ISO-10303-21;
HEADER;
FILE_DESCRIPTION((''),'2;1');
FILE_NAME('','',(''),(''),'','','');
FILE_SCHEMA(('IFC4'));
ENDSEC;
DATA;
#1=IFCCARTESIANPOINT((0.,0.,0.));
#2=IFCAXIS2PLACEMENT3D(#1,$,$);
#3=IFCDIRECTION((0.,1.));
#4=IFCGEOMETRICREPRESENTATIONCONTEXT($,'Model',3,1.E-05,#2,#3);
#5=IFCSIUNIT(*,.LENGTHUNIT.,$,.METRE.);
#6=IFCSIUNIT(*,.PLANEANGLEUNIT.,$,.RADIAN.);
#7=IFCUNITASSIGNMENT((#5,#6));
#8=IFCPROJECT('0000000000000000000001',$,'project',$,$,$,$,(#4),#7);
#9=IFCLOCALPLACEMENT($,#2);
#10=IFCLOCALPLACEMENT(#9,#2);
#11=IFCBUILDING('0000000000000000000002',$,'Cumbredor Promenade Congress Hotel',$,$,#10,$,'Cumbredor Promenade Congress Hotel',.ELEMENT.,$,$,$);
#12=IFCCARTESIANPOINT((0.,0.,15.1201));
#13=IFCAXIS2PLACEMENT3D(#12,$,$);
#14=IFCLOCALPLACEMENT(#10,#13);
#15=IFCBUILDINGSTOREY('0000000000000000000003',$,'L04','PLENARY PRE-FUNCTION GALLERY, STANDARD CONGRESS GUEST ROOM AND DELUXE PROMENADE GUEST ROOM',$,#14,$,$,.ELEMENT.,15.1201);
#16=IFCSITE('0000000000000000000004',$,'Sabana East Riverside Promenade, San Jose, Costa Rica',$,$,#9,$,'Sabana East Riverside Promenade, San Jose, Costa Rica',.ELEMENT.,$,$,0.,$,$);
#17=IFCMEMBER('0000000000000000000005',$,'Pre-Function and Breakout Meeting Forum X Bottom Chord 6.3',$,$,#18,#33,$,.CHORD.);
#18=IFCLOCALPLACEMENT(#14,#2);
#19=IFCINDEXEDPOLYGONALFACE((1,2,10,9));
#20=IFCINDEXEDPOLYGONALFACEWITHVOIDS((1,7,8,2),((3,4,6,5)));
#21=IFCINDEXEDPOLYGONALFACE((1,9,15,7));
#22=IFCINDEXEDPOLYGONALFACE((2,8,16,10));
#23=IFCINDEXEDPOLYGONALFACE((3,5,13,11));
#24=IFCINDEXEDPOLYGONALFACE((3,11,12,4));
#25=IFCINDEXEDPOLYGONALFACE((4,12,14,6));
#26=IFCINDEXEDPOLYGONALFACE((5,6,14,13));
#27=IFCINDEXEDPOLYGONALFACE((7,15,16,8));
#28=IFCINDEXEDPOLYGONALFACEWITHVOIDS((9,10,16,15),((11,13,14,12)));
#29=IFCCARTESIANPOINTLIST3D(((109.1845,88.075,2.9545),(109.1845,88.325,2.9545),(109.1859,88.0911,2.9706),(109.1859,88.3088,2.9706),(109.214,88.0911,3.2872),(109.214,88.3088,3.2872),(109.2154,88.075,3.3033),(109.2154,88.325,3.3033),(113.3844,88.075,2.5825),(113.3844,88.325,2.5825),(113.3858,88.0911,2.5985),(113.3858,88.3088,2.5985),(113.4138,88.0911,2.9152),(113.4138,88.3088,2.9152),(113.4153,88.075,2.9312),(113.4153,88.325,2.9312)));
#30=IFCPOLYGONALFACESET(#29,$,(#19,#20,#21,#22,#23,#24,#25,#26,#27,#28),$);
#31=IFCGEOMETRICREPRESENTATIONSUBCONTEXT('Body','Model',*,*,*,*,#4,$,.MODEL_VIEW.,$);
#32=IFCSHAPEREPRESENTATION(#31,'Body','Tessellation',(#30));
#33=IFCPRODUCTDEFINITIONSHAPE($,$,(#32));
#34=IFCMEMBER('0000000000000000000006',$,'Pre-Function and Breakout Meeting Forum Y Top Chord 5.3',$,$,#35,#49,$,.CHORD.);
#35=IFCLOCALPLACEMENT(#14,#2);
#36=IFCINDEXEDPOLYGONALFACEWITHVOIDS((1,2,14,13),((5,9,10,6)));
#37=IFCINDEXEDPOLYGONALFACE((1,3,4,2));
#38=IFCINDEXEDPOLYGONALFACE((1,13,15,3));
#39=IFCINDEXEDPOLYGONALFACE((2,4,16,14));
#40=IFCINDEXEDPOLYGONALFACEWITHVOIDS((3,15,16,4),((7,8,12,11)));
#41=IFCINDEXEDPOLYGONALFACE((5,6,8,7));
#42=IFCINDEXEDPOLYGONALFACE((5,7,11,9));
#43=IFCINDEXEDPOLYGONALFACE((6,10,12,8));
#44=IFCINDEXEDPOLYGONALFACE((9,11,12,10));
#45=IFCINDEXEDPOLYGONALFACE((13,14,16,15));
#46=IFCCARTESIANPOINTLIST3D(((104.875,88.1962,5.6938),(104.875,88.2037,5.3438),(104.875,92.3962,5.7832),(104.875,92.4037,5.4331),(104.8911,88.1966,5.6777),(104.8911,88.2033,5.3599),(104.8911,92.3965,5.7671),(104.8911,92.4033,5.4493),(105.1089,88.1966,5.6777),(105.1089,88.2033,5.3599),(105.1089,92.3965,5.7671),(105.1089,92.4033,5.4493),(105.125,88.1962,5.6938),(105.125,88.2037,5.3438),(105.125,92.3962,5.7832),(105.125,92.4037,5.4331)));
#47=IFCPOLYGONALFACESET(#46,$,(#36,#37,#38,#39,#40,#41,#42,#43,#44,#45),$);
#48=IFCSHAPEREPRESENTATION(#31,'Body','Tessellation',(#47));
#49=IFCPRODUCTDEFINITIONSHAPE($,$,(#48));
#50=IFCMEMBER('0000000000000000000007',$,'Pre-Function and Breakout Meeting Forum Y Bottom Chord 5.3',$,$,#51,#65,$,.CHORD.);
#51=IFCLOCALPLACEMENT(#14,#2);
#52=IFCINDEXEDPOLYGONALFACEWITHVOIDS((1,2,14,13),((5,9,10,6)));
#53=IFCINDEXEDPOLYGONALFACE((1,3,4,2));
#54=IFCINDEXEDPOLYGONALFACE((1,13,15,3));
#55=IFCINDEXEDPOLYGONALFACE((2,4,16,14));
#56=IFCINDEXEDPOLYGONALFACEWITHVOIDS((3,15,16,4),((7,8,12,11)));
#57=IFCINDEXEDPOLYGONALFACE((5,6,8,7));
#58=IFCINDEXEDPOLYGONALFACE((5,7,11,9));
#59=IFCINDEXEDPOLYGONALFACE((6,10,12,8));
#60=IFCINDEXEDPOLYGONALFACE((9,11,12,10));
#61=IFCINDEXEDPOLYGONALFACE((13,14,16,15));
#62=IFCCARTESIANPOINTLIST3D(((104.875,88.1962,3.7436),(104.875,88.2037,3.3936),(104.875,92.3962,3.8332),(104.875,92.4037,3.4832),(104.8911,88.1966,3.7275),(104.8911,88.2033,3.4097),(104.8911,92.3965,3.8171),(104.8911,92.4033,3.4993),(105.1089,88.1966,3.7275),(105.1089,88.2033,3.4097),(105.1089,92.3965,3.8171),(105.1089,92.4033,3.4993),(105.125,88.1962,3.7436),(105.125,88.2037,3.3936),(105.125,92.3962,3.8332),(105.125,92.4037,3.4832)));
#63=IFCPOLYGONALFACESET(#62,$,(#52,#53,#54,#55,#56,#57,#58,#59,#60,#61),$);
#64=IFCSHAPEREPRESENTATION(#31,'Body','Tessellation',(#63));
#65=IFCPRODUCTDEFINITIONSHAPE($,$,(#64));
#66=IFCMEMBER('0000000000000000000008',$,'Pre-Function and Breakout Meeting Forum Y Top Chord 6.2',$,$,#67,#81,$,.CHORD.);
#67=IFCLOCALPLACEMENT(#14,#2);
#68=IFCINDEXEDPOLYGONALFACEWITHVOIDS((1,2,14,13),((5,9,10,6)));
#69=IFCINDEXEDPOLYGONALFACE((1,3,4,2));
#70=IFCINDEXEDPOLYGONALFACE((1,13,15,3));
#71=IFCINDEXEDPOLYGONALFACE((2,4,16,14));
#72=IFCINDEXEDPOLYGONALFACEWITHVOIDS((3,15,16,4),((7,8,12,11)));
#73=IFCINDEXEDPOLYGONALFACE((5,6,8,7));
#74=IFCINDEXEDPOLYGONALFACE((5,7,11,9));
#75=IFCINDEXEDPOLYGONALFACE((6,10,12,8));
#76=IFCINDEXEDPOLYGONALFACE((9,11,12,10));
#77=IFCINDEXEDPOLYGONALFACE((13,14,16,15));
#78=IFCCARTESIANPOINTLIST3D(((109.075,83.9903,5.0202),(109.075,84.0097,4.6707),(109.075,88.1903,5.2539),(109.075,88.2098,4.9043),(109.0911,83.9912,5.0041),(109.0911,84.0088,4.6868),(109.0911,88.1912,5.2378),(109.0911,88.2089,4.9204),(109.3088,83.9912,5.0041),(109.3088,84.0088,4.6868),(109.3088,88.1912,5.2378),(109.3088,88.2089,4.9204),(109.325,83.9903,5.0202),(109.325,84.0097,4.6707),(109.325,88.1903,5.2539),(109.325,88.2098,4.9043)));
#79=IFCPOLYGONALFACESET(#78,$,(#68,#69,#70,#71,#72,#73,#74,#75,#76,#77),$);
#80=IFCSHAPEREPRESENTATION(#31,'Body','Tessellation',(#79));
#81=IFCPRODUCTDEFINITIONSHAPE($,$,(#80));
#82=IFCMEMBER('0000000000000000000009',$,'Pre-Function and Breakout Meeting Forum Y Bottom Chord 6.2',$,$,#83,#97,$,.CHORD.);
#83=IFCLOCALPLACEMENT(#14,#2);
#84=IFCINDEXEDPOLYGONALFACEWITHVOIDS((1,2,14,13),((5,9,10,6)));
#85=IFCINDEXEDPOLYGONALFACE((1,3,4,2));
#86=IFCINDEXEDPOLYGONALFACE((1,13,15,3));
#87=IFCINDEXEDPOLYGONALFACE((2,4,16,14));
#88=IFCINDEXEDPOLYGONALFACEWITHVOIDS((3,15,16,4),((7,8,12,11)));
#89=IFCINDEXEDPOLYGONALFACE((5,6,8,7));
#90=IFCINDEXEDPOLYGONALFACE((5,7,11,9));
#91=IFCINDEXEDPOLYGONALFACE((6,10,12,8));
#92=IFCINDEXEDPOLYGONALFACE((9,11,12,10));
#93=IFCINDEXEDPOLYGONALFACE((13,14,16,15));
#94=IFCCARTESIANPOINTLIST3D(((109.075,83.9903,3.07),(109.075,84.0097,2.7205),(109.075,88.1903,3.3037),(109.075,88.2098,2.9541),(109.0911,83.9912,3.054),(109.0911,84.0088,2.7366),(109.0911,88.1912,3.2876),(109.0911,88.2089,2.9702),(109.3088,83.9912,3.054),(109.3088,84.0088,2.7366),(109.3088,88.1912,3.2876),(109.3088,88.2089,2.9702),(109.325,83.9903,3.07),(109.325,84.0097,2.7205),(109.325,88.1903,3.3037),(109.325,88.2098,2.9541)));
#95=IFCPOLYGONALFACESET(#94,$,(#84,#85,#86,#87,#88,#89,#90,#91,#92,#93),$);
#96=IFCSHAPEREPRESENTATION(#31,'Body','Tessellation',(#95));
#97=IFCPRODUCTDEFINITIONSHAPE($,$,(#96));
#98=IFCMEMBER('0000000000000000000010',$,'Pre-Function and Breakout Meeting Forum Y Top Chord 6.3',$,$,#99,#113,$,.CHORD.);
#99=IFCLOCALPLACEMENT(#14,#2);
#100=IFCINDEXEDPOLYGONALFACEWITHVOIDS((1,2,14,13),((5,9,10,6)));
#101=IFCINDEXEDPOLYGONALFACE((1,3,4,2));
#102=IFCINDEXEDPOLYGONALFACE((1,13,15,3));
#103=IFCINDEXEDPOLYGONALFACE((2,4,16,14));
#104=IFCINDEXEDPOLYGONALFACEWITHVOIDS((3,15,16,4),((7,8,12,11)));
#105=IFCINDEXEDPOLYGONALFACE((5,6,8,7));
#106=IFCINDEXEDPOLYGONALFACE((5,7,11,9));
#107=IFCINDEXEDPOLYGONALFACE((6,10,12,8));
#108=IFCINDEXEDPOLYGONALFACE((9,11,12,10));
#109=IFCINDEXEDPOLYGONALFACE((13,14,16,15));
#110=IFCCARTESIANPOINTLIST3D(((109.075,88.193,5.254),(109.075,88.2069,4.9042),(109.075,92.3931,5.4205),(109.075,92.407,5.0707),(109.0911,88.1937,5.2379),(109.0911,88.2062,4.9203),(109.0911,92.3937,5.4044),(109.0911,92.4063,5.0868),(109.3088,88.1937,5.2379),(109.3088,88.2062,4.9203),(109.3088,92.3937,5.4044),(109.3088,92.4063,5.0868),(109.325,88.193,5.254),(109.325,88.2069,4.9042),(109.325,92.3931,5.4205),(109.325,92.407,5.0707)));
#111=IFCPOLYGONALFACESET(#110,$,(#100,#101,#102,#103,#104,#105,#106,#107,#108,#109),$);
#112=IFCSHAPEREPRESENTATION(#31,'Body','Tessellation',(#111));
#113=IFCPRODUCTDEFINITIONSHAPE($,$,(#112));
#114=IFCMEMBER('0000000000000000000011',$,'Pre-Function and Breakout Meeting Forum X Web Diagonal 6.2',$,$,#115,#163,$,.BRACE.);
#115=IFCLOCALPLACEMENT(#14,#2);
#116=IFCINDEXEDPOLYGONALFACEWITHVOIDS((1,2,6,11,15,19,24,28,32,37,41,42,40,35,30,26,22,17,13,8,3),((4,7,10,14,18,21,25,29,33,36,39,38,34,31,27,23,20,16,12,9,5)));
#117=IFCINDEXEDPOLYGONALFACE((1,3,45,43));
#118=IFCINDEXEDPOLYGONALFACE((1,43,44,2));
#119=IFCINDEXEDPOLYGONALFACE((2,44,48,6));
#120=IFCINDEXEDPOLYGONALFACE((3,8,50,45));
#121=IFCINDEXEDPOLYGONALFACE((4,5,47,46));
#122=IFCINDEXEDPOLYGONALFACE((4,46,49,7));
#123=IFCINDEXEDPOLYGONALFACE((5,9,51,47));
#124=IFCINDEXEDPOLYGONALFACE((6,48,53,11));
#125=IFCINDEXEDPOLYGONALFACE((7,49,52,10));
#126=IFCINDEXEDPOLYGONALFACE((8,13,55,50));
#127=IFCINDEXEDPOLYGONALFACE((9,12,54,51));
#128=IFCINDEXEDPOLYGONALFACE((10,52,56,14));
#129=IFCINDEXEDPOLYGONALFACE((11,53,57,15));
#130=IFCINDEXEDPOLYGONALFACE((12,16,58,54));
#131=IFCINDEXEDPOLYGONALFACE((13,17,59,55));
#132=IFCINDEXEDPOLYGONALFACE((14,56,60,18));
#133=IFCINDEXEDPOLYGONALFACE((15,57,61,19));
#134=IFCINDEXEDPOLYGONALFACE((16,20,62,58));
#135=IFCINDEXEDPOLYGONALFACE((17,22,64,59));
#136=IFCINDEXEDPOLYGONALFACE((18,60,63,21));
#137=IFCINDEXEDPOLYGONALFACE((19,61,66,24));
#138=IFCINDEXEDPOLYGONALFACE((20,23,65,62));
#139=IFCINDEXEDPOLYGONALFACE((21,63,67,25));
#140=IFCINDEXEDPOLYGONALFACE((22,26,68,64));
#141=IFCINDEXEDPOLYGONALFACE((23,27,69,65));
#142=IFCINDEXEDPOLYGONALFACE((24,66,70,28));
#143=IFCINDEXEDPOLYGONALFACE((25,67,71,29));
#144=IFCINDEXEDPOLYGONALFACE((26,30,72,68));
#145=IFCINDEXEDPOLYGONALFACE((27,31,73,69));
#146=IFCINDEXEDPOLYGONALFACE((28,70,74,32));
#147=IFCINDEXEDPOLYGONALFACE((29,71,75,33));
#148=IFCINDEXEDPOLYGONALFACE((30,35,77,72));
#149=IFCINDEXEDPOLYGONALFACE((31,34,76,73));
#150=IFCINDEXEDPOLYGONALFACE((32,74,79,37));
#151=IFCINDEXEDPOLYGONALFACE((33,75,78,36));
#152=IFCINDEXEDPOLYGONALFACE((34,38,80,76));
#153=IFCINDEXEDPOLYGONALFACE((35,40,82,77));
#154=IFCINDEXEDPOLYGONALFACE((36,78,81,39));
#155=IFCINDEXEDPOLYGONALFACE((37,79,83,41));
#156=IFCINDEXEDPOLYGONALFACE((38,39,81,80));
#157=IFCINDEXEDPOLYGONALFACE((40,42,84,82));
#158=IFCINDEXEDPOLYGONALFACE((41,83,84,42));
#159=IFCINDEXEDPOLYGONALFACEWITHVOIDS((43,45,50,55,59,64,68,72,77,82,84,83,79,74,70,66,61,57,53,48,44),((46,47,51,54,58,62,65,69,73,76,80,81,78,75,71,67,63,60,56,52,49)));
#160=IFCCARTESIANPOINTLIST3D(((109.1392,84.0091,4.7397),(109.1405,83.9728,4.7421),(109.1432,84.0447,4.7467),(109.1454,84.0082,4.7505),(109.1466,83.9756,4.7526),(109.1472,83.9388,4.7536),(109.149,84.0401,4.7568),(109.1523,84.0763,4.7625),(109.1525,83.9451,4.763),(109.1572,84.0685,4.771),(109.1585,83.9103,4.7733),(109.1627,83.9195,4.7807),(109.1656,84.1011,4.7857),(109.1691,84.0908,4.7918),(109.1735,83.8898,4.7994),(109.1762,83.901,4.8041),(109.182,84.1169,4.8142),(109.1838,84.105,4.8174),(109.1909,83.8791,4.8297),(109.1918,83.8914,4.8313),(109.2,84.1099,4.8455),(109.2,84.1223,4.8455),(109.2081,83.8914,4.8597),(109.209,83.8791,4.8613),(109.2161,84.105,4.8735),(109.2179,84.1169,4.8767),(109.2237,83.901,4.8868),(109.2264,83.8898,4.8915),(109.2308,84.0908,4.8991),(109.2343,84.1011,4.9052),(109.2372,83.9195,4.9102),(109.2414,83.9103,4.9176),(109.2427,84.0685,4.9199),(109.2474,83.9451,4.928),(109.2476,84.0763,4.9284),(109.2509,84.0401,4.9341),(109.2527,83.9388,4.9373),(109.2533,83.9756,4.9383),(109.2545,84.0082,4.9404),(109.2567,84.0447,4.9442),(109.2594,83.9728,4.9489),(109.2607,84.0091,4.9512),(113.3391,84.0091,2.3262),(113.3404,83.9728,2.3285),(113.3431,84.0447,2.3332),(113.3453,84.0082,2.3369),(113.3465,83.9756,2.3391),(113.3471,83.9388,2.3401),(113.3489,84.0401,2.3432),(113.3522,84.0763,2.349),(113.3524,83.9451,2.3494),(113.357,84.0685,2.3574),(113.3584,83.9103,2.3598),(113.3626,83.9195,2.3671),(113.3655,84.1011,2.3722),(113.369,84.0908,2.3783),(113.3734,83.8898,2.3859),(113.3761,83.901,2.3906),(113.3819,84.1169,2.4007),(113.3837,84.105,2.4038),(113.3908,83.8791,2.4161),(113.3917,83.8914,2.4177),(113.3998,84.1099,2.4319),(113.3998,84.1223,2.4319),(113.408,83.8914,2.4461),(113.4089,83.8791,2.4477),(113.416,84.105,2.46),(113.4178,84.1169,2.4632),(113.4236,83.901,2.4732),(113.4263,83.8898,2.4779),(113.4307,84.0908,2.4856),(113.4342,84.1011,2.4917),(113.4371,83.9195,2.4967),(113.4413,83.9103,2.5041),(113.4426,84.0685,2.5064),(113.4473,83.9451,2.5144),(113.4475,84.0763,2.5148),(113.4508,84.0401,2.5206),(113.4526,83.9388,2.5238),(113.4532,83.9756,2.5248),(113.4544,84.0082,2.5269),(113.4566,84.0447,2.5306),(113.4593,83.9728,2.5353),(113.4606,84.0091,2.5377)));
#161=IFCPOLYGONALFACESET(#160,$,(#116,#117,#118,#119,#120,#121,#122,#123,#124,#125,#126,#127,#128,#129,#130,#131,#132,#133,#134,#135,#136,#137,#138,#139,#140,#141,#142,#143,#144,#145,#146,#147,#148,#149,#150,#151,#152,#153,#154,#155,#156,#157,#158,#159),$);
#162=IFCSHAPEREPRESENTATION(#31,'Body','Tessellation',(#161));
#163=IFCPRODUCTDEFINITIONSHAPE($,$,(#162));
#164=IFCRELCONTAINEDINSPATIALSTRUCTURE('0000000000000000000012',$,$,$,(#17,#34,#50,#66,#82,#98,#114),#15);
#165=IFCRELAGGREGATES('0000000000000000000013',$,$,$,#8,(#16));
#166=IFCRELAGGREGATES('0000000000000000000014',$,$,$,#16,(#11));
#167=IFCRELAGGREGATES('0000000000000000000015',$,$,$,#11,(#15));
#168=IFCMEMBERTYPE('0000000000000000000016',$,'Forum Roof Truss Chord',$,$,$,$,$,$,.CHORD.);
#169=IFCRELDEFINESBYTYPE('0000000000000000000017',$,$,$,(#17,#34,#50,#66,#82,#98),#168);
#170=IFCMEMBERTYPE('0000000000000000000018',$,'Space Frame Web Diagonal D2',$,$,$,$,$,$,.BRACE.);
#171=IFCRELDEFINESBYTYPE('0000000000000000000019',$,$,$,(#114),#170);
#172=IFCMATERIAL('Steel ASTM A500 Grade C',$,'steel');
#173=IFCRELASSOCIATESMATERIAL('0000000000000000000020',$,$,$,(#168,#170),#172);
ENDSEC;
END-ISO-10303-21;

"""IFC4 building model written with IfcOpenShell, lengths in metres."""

from ifc_helpers import new_model, si_unit, direction, frame, origin, origin_2d, place, context, subcontext, project, spatial, hollow_rectangle, hollow_circle, extrude, material, material_profile, profile_set, type_object, element, save


model = new_model("IFC4")

# Units and contexts
model_context = context("Model", 3, precision=1e-05, world=origin(), true_north=direction((0.0, 1.0)))
body_context = subcontext(model_context, "Body", "Model", "MODEL_VIEW")
ifc_project = project(units=[si_unit("LENGTHUNIT", "METRE"), si_unit("PLANEANGLEUNIT", "RADIAN")], contexts=[model_context])

# Site, building, storey
site_placement = place(None, origin())
site = spatial("IfcSite", under=ifc_project, at=site_placement, Name="Sabana East Riverside Promenade, San Jose, Costa Rica", LongName="Sabana East Riverside Promenade, San Jose, Costa Rica", CompositionType="ELEMENT", RefElevation=0.0)
building_placement = place(site_placement, origin())
building = spatial("IfcBuilding", under=site, at=building_placement, Name="Cumbredor Promenade Congress Hotel", LongName="Cumbredor Promenade Congress Hotel", CompositionType="ELEMENT")
storey_placement = place(building_placement, frame((0.0, 0.0, 15.1201)))
storey = spatial("IfcBuildingStorey", under=building, at=storey_placement, Name="L04", Description="PLENARY PRE-FUNCTION GALLERY, STANDARD CONGRESS GUEST ROOM AND DELUXE PROMENADE GUEST ROOM", CompositionType="ELEMENT", Elevation=15.1201)

# Members
ifc_material_1 = material(Name="Steel ASTM A500 Grade C", Category="steel")
ifc_material_profile_1 = material_profile(ifc_material_1, hollow_rectangle(XDim=0.25, YDim=0.3501, WallThickness=0.0161, at=origin_2d()), Name="HSS 350x250x16")
ifc_profile_set_1 = profile_set([ifc_material_profile_1], Name="Steel ASTM A500 Grade C")
member_type_1 = type_object("IfcMemberType", Name="Forum Roof Truss Chord", PredefinedType="CHORD", material=ifc_profile_set_1)
for number, where, z_axis, x_axis, name in (
    (1, (109.2, 88.2, 3.1289), (0.996099, 0.0, -0.088244), (0.0, 1.0, 0.0), "Pre-Function and Breakout Meeting Forum X Bottom Chord 6.3"),
):
    element("IfcMember", number, at=place(storey_placement, frame(where, z_axis=z_axis, x_axis=x_axis)), inside=storey, type_object=member_type_1, Name=name, PredefinedType="CHORD", context=body_context, shape_type="SweptSolid", body=[
        extrude(hollow_rectangle(XDim=0.25, YDim=0.3501, WallThickness=0.0161, at=origin_2d()), origin(), (0.0, 0.0, 1.0), 4.2163),
    ])
for number, where, z_axis, x_axis, name in (
    (2, (105.0, 88.2, 5.5188), (0.0, 0.999774, 0.021271), (-1.0, 0.0, 0.0), "Pre-Function and Breakout Meeting Forum Y Top Chord 5.3"),
    (3, (105.0, 88.2, 3.5686), (0.0, 0.999773, 0.021329), (-1.0, 0.0, 0.0), "Pre-Function and Breakout Meeting Forum Y Bottom Chord 5.3"),
):
    element("IfcMember", number, at=place(storey_placement, frame(where, z_axis=z_axis, x_axis=x_axis)), inside=storey, type_object=member_type_1, Name=name, PredefinedType="CHORD", context=body_context, shape_type="SweptSolid", body=[
        extrude(hollow_rectangle(XDim=0.25, YDim=0.3501, WallThickness=0.0161, at=origin_2d()), origin(), (0.0, 0.0, 1.0), 4.2009),
    ])
for number, where, z_axis, x_axis, name in (
    (4, (109.2, 84.0, 4.8455), (0.0, 0.998456, 0.055544), (-1.0, 0.0, 0.0), "Pre-Function and Breakout Meeting Forum Y Top Chord 6.2"),
    (5, (109.2, 84.0, 2.8953), (0.0, 0.998456, 0.055544), (-1.0, 0.0, 0.0), "Pre-Function and Breakout Meeting Forum Y Bottom Chord 6.2"),
):
    element("IfcMember", number, at=place(storey_placement, frame(where, z_axis=z_axis, x_axis=x_axis)), inside=storey, type_object=member_type_1, Name=name, PredefinedType="CHORD", context=body_context, shape_type="SweptSolid", body=[
        extrude(hollow_rectangle(XDim=0.25, YDim=0.3501, WallThickness=0.0161, at=origin_2d()), origin(), (0.0, 0.0, 1.0), 4.2065),
    ])
member_1_placement = place(storey_placement, frame((109.2, 88.2, 5.0791), z_axis=(0.0, 0.999215, 0.039613), x_axis=(-1.0, 0.0, 0.0)))
element("IfcMember", 6, at=member_1_placement, inside=storey, type_object=member_type_1, Name="Pre-Function and Breakout Meeting Forum Y Top Chord 6.3", PredefinedType="CHORD", context=body_context, shape_type="SweptSolid", body=[
    extrude(hollow_rectangle(XDim=0.25, YDim=0.3501, WallThickness=0.0161, at=origin_2d()), origin(), (0.0, 0.0, 1.0), 4.2034),
])
ifc_material_profile_2 = material_profile(ifc_material_1, hollow_circle(Radius=0.1223, WallThickness=0.0125, at=origin_2d()), Name="CHS 244.5x12.5")
ifc_profile_set_2 = profile_set([ifc_material_profile_2], Name="Steel ASTM A500 Grade C")
member_type_2 = type_object("IfcMemberType", Name="Space Frame Web Diagonal D2", PredefinedType="BRACE", material=ifc_profile_set_2)
member_2_placement = place(storey_placement, frame((109.2, 84.0, 4.8455), z_axis=(0.867031, 0.0, -0.498254), x_axis=(0.0, 1.0, 0.0)))
element("IfcMember", 7, at=member_2_placement, inside=storey, type_object=member_type_2, Name="Pre-Function and Breakout Meeting Forum X Web Diagonal 6.2", PredefinedType="BRACE", context=body_context, shape_type="SweptSolid", body=[
    extrude(hollow_circle(Radius=0.1223, WallThickness=0.0125, at=origin_2d()), origin(), (0.0, 0.0, 1.0), 4.844),
])

save(model, "model.ifc")
